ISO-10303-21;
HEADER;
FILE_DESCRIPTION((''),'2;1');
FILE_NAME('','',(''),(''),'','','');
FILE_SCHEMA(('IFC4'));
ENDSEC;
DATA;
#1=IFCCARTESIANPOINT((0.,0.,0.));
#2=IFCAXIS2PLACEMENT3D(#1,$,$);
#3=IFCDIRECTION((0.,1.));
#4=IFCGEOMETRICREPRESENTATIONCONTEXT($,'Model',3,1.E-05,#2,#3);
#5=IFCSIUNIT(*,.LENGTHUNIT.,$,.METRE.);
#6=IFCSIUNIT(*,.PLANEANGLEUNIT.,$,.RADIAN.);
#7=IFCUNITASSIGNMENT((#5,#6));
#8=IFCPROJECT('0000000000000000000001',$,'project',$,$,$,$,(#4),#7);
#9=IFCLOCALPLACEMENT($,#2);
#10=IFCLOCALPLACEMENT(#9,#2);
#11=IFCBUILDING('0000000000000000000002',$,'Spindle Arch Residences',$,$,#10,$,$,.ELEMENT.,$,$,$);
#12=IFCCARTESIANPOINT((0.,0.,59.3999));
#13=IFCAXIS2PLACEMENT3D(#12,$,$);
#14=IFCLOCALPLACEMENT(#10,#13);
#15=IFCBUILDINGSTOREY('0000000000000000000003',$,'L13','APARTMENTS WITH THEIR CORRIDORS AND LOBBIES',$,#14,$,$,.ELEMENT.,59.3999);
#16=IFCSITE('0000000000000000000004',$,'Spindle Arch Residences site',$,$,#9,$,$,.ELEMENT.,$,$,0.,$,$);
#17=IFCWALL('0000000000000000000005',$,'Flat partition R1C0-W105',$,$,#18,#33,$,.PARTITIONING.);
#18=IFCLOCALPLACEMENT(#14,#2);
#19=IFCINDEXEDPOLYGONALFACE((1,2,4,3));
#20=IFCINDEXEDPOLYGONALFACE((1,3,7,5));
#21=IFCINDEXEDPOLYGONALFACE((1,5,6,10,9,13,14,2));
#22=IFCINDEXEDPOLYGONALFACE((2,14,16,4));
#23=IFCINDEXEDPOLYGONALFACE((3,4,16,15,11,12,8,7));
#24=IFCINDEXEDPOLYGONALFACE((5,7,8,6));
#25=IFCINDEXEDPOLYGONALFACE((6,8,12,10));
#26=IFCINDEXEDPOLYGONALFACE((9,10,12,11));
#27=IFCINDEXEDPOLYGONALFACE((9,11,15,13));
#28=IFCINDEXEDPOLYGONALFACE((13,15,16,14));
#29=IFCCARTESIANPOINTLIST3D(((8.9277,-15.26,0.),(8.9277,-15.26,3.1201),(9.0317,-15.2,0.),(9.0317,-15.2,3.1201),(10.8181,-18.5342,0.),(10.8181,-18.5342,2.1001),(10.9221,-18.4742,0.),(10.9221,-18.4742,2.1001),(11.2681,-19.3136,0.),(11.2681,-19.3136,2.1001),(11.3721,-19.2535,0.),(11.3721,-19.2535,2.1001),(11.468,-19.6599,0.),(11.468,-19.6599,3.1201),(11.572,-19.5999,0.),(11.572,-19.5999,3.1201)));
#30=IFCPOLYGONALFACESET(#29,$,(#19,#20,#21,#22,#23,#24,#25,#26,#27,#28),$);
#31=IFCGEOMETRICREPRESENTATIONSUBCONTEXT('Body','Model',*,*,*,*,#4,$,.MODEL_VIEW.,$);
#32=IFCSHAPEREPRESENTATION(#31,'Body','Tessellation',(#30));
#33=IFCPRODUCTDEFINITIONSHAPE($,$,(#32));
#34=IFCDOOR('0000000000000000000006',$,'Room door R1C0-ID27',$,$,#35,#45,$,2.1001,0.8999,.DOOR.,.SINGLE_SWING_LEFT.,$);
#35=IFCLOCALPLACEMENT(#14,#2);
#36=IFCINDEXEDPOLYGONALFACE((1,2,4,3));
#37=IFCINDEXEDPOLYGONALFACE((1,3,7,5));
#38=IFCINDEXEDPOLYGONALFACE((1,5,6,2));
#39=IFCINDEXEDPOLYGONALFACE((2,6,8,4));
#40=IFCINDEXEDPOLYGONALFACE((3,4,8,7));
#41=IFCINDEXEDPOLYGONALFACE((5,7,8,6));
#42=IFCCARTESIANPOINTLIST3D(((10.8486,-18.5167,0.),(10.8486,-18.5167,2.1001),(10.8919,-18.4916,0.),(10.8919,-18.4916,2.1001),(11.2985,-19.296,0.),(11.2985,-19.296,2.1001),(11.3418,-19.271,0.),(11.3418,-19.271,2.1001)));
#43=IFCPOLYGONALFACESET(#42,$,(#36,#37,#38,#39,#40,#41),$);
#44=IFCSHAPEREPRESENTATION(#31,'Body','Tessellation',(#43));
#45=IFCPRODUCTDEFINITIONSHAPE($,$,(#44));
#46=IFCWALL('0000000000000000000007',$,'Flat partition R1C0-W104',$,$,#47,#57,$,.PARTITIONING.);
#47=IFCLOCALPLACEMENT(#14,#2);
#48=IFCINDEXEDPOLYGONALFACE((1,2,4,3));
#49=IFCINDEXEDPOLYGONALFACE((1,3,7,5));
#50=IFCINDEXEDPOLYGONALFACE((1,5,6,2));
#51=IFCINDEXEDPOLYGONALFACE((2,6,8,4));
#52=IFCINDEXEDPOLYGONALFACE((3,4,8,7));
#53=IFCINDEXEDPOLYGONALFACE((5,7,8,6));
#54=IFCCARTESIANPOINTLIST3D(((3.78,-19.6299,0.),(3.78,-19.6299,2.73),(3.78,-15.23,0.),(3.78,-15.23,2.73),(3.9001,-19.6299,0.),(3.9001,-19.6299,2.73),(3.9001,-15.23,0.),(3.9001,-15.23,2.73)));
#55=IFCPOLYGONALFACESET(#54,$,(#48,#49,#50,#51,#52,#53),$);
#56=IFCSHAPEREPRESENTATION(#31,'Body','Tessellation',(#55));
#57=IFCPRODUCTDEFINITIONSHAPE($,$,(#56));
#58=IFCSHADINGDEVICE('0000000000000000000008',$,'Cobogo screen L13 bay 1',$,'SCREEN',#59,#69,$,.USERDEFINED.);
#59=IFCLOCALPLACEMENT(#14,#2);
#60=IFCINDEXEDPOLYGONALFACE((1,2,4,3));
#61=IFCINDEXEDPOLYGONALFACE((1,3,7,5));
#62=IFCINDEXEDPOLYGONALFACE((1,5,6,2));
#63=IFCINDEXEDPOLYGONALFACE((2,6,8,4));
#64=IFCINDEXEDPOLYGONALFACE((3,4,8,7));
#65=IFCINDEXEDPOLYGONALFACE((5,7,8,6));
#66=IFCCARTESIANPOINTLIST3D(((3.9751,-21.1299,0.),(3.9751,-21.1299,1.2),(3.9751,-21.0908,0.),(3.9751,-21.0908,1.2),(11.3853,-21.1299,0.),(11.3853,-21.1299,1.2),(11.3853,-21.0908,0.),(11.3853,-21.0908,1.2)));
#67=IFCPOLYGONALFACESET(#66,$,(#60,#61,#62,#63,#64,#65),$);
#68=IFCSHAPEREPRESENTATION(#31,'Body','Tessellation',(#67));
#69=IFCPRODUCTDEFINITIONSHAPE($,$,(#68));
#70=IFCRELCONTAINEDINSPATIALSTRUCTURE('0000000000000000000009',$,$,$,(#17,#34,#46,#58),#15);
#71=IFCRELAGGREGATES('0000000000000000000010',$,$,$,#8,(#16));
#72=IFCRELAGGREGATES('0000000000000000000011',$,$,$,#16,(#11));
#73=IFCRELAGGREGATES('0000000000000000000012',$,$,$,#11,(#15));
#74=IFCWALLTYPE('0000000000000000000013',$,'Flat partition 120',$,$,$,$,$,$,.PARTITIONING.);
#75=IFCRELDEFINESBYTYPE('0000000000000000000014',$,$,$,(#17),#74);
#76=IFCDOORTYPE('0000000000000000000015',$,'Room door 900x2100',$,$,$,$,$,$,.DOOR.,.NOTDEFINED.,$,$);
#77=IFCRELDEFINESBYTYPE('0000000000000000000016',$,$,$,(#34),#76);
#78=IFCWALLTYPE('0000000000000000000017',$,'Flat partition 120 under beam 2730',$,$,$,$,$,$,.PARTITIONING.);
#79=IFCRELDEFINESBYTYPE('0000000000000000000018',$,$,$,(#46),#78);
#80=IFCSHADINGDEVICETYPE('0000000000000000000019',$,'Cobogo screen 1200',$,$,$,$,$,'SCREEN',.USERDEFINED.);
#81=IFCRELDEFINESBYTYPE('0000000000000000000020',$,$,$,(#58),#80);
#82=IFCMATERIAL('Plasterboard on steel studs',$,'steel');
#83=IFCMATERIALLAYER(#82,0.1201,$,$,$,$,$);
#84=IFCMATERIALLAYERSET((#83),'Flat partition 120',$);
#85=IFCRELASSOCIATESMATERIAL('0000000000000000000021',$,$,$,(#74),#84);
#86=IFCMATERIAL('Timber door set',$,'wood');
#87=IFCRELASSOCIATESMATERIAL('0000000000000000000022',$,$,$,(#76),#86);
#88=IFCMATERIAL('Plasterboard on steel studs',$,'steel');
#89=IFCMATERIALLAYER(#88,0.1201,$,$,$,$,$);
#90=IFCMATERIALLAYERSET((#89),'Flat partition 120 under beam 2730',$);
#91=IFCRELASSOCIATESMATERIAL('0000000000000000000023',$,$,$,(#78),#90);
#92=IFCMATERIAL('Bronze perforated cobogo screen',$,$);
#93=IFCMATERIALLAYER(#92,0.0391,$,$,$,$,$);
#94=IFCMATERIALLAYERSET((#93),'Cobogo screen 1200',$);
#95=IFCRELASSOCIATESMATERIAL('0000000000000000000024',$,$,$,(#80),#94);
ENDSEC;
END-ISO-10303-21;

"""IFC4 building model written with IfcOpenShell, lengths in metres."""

from ifc_helpers import new_model, si_unit, direction, frame, frame_2d, origin, origin_2d, place, context, subcontext, project, spatial, rectangle, extrude, material, layer, layer_set, type_object, element, fill, save


model = new_model("IFC4")

# Units and contexts
model_context = context("Model", 3, precision=1e-05, world=origin(), true_north=direction((0.0, 1.0)))
body_context = subcontext(model_context, "Body", "Model", "MODEL_VIEW")
ifc_project = project(units=[si_unit("LENGTHUNIT", "METRE"), si_unit("PLANEANGLEUNIT", "RADIAN")], contexts=[model_context])

# Site, building, storey
site_placement = place(None, origin())
site = spatial("IfcSite", under=ifc_project, at=site_placement, Name="Spindle Arch Residences site", CompositionType="ELEMENT", RefElevation=0.0)
building_placement = place(site_placement, origin())
building = spatial("IfcBuilding", under=site, at=building_placement, Name="Spindle Arch Residences", CompositionType="ELEMENT")
storey_placement = place(building_placement, frame((0.0, 0.0, 59.3999)))
storey = spatial("IfcBuildingStorey", under=building, at=storey_placement, Name="L13", Description="APARTMENTS WITH THEIR CORRIDORS AND LOBBIES", CompositionType="ELEMENT", Elevation=59.3999)

# Shared definitions
ifc_material_1 = material(Name="Plasterboard on steel studs", Category="steel")
ifc_layer_1 = layer(ifc_material_1, 0.1201)
ifc_layer_set_1 = layer_set([ifc_layer_1], Name="Flat partition 120")
wall_type_1 = type_object("IfcWallType", Name="Flat partition 120", PredefinedType="PARTITIONING", material=ifc_layer_set_1)

# Shared definitions
ifc_material_2 = material(Name="Timber door set", Category="wood")
door_type_1 = type_object("IfcDoorType", Name="Room door 900x2100", OperationType="NOTDEFINED", PredefinedType="DOOR", material=ifc_material_2)

# Wall, opening, door
wall_1_placement = place(storey_placement, frame((11.52, -19.6299, 0.0), z_axis=(0.0, 0.0, 1.0), x_axis=(-0.5, 0.866026, 0.0)))
wall_1 = element("IfcWall", 1, at=wall_1_placement, inside=storey, type_object=wall_type_1, Name="Flat partition R1C0-W105", PredefinedType="PARTITIONING", context=body_context, shape_type="SweptSolid", body=[
    extrude(rectangle(XDim=5.0806, YDim=0.1201, at=frame_2d((2.5403, 0.0))), origin(), (0.0, 0.0, 1.0), 3.1201),
])
opening_1_placement = place(wall_1_placement, frame((0.3999, 0.0, 0.0)))
opening_1 = element("IfcOpeningElement", 2, at=opening_1_placement, cuts=wall_1, PredefinedType="OPENING", context=body_context, shape_type="SweptSolid", body=[
    extrude(rectangle(XDim=0.8999, YDim=2.1001, at=frame_2d((0.45, 1.05))), frame((0.0, 0.0701, 0.0), z_axis=(0.0, -1.0, 0.0), x_axis=(1.0, 0.0, 0.0)), (0.0, 0.0, 1.0), 0.1401),
])
door_1_placement = place(opening_1_placement, origin())
door_1 = element("IfcDoor", 3, at=door_1_placement, inside=storey, type_object=door_type_1, Name="Room door R1C0-ID27", OperationType="SINGLE_SWING_LEFT", OverallHeight=2.1001, OverallWidth=0.8999, PredefinedType="DOOR", context=body_context, shape_type="SweptSolid", body=[
    extrude(rectangle(XDim=0.8999, YDim=2.1001, at=frame_2d((0.45, 1.05))), frame((0.0, 0.0249, 0.0), z_axis=(0.0, -1.0, 0.0), x_axis=(1.0, 0.0, 0.0)), (0.0, 0.0, 1.0), 0.05),
])
fill(opening_1, door_1)

# Wall
ifc_material_3 = material(Name="Plasterboard on steel studs", Category="steel")
ifc_layer_2 = layer(ifc_material_3, 0.1201)
ifc_layer_set_2 = layer_set([ifc_layer_2], Name="Flat partition 120 under beam 2730")
wall_type_2 = type_object("IfcWallType", Name="Flat partition 120 under beam 2730", PredefinedType="PARTITIONING", material=ifc_layer_set_2)
wall_2_placement = place(storey_placement, frame((3.8401, -19.6299, 0.0), z_axis=(0.0, 0.0, 1.0), x_axis=(0.0, 1.0, 0.0)))
element("IfcWall", 4, at=wall_2_placement, inside=storey, type_object=wall_type_2, Name="Flat partition R1C0-W104", PredefinedType="PARTITIONING", context=body_context, shape_type="SweptSolid", body=[
    extrude(rectangle(XDim=4.3999, YDim=0.1201, at=frame_2d((2.2, 0.0))), origin(), (0.0, 0.0, 1.0), 2.73),
])

# Shading device
ifc_material_4 = material(Name="Bronze perforated cobogo screen")
ifc_layer_3 = layer(ifc_material_4, 0.0391)
ifc_layer_set_3 = layer_set([ifc_layer_3], Name="Cobogo screen 1200")
shading_device_type = type_object("IfcShadingDeviceType", Name="Cobogo screen 1200", ElementType="SCREEN", PredefinedType="USERDEFINED", material=ifc_layer_set_3)
shading_device_placement = place(storey_placement, frame((7.6802, -21.1104, 0.0), z_axis=(0.0, 0.0, 1.0), x_axis=(1.0, 0.0, 0.0)))
element("IfcShadingDevice", 5, at=shading_device_placement, inside=storey, type_object=shading_device_type, Name="Cobogo screen L13 bay 1", ObjectType="SCREEN", PredefinedType="USERDEFINED", context=body_context, shape_type="SweptSolid", body=[
    extrude(rectangle(XDim=7.4102, YDim=0.0391, at=origin_2d()), origin(), (0.0, 0.0, 1.0), 1.2),
])

save(model, "model.ifc")
